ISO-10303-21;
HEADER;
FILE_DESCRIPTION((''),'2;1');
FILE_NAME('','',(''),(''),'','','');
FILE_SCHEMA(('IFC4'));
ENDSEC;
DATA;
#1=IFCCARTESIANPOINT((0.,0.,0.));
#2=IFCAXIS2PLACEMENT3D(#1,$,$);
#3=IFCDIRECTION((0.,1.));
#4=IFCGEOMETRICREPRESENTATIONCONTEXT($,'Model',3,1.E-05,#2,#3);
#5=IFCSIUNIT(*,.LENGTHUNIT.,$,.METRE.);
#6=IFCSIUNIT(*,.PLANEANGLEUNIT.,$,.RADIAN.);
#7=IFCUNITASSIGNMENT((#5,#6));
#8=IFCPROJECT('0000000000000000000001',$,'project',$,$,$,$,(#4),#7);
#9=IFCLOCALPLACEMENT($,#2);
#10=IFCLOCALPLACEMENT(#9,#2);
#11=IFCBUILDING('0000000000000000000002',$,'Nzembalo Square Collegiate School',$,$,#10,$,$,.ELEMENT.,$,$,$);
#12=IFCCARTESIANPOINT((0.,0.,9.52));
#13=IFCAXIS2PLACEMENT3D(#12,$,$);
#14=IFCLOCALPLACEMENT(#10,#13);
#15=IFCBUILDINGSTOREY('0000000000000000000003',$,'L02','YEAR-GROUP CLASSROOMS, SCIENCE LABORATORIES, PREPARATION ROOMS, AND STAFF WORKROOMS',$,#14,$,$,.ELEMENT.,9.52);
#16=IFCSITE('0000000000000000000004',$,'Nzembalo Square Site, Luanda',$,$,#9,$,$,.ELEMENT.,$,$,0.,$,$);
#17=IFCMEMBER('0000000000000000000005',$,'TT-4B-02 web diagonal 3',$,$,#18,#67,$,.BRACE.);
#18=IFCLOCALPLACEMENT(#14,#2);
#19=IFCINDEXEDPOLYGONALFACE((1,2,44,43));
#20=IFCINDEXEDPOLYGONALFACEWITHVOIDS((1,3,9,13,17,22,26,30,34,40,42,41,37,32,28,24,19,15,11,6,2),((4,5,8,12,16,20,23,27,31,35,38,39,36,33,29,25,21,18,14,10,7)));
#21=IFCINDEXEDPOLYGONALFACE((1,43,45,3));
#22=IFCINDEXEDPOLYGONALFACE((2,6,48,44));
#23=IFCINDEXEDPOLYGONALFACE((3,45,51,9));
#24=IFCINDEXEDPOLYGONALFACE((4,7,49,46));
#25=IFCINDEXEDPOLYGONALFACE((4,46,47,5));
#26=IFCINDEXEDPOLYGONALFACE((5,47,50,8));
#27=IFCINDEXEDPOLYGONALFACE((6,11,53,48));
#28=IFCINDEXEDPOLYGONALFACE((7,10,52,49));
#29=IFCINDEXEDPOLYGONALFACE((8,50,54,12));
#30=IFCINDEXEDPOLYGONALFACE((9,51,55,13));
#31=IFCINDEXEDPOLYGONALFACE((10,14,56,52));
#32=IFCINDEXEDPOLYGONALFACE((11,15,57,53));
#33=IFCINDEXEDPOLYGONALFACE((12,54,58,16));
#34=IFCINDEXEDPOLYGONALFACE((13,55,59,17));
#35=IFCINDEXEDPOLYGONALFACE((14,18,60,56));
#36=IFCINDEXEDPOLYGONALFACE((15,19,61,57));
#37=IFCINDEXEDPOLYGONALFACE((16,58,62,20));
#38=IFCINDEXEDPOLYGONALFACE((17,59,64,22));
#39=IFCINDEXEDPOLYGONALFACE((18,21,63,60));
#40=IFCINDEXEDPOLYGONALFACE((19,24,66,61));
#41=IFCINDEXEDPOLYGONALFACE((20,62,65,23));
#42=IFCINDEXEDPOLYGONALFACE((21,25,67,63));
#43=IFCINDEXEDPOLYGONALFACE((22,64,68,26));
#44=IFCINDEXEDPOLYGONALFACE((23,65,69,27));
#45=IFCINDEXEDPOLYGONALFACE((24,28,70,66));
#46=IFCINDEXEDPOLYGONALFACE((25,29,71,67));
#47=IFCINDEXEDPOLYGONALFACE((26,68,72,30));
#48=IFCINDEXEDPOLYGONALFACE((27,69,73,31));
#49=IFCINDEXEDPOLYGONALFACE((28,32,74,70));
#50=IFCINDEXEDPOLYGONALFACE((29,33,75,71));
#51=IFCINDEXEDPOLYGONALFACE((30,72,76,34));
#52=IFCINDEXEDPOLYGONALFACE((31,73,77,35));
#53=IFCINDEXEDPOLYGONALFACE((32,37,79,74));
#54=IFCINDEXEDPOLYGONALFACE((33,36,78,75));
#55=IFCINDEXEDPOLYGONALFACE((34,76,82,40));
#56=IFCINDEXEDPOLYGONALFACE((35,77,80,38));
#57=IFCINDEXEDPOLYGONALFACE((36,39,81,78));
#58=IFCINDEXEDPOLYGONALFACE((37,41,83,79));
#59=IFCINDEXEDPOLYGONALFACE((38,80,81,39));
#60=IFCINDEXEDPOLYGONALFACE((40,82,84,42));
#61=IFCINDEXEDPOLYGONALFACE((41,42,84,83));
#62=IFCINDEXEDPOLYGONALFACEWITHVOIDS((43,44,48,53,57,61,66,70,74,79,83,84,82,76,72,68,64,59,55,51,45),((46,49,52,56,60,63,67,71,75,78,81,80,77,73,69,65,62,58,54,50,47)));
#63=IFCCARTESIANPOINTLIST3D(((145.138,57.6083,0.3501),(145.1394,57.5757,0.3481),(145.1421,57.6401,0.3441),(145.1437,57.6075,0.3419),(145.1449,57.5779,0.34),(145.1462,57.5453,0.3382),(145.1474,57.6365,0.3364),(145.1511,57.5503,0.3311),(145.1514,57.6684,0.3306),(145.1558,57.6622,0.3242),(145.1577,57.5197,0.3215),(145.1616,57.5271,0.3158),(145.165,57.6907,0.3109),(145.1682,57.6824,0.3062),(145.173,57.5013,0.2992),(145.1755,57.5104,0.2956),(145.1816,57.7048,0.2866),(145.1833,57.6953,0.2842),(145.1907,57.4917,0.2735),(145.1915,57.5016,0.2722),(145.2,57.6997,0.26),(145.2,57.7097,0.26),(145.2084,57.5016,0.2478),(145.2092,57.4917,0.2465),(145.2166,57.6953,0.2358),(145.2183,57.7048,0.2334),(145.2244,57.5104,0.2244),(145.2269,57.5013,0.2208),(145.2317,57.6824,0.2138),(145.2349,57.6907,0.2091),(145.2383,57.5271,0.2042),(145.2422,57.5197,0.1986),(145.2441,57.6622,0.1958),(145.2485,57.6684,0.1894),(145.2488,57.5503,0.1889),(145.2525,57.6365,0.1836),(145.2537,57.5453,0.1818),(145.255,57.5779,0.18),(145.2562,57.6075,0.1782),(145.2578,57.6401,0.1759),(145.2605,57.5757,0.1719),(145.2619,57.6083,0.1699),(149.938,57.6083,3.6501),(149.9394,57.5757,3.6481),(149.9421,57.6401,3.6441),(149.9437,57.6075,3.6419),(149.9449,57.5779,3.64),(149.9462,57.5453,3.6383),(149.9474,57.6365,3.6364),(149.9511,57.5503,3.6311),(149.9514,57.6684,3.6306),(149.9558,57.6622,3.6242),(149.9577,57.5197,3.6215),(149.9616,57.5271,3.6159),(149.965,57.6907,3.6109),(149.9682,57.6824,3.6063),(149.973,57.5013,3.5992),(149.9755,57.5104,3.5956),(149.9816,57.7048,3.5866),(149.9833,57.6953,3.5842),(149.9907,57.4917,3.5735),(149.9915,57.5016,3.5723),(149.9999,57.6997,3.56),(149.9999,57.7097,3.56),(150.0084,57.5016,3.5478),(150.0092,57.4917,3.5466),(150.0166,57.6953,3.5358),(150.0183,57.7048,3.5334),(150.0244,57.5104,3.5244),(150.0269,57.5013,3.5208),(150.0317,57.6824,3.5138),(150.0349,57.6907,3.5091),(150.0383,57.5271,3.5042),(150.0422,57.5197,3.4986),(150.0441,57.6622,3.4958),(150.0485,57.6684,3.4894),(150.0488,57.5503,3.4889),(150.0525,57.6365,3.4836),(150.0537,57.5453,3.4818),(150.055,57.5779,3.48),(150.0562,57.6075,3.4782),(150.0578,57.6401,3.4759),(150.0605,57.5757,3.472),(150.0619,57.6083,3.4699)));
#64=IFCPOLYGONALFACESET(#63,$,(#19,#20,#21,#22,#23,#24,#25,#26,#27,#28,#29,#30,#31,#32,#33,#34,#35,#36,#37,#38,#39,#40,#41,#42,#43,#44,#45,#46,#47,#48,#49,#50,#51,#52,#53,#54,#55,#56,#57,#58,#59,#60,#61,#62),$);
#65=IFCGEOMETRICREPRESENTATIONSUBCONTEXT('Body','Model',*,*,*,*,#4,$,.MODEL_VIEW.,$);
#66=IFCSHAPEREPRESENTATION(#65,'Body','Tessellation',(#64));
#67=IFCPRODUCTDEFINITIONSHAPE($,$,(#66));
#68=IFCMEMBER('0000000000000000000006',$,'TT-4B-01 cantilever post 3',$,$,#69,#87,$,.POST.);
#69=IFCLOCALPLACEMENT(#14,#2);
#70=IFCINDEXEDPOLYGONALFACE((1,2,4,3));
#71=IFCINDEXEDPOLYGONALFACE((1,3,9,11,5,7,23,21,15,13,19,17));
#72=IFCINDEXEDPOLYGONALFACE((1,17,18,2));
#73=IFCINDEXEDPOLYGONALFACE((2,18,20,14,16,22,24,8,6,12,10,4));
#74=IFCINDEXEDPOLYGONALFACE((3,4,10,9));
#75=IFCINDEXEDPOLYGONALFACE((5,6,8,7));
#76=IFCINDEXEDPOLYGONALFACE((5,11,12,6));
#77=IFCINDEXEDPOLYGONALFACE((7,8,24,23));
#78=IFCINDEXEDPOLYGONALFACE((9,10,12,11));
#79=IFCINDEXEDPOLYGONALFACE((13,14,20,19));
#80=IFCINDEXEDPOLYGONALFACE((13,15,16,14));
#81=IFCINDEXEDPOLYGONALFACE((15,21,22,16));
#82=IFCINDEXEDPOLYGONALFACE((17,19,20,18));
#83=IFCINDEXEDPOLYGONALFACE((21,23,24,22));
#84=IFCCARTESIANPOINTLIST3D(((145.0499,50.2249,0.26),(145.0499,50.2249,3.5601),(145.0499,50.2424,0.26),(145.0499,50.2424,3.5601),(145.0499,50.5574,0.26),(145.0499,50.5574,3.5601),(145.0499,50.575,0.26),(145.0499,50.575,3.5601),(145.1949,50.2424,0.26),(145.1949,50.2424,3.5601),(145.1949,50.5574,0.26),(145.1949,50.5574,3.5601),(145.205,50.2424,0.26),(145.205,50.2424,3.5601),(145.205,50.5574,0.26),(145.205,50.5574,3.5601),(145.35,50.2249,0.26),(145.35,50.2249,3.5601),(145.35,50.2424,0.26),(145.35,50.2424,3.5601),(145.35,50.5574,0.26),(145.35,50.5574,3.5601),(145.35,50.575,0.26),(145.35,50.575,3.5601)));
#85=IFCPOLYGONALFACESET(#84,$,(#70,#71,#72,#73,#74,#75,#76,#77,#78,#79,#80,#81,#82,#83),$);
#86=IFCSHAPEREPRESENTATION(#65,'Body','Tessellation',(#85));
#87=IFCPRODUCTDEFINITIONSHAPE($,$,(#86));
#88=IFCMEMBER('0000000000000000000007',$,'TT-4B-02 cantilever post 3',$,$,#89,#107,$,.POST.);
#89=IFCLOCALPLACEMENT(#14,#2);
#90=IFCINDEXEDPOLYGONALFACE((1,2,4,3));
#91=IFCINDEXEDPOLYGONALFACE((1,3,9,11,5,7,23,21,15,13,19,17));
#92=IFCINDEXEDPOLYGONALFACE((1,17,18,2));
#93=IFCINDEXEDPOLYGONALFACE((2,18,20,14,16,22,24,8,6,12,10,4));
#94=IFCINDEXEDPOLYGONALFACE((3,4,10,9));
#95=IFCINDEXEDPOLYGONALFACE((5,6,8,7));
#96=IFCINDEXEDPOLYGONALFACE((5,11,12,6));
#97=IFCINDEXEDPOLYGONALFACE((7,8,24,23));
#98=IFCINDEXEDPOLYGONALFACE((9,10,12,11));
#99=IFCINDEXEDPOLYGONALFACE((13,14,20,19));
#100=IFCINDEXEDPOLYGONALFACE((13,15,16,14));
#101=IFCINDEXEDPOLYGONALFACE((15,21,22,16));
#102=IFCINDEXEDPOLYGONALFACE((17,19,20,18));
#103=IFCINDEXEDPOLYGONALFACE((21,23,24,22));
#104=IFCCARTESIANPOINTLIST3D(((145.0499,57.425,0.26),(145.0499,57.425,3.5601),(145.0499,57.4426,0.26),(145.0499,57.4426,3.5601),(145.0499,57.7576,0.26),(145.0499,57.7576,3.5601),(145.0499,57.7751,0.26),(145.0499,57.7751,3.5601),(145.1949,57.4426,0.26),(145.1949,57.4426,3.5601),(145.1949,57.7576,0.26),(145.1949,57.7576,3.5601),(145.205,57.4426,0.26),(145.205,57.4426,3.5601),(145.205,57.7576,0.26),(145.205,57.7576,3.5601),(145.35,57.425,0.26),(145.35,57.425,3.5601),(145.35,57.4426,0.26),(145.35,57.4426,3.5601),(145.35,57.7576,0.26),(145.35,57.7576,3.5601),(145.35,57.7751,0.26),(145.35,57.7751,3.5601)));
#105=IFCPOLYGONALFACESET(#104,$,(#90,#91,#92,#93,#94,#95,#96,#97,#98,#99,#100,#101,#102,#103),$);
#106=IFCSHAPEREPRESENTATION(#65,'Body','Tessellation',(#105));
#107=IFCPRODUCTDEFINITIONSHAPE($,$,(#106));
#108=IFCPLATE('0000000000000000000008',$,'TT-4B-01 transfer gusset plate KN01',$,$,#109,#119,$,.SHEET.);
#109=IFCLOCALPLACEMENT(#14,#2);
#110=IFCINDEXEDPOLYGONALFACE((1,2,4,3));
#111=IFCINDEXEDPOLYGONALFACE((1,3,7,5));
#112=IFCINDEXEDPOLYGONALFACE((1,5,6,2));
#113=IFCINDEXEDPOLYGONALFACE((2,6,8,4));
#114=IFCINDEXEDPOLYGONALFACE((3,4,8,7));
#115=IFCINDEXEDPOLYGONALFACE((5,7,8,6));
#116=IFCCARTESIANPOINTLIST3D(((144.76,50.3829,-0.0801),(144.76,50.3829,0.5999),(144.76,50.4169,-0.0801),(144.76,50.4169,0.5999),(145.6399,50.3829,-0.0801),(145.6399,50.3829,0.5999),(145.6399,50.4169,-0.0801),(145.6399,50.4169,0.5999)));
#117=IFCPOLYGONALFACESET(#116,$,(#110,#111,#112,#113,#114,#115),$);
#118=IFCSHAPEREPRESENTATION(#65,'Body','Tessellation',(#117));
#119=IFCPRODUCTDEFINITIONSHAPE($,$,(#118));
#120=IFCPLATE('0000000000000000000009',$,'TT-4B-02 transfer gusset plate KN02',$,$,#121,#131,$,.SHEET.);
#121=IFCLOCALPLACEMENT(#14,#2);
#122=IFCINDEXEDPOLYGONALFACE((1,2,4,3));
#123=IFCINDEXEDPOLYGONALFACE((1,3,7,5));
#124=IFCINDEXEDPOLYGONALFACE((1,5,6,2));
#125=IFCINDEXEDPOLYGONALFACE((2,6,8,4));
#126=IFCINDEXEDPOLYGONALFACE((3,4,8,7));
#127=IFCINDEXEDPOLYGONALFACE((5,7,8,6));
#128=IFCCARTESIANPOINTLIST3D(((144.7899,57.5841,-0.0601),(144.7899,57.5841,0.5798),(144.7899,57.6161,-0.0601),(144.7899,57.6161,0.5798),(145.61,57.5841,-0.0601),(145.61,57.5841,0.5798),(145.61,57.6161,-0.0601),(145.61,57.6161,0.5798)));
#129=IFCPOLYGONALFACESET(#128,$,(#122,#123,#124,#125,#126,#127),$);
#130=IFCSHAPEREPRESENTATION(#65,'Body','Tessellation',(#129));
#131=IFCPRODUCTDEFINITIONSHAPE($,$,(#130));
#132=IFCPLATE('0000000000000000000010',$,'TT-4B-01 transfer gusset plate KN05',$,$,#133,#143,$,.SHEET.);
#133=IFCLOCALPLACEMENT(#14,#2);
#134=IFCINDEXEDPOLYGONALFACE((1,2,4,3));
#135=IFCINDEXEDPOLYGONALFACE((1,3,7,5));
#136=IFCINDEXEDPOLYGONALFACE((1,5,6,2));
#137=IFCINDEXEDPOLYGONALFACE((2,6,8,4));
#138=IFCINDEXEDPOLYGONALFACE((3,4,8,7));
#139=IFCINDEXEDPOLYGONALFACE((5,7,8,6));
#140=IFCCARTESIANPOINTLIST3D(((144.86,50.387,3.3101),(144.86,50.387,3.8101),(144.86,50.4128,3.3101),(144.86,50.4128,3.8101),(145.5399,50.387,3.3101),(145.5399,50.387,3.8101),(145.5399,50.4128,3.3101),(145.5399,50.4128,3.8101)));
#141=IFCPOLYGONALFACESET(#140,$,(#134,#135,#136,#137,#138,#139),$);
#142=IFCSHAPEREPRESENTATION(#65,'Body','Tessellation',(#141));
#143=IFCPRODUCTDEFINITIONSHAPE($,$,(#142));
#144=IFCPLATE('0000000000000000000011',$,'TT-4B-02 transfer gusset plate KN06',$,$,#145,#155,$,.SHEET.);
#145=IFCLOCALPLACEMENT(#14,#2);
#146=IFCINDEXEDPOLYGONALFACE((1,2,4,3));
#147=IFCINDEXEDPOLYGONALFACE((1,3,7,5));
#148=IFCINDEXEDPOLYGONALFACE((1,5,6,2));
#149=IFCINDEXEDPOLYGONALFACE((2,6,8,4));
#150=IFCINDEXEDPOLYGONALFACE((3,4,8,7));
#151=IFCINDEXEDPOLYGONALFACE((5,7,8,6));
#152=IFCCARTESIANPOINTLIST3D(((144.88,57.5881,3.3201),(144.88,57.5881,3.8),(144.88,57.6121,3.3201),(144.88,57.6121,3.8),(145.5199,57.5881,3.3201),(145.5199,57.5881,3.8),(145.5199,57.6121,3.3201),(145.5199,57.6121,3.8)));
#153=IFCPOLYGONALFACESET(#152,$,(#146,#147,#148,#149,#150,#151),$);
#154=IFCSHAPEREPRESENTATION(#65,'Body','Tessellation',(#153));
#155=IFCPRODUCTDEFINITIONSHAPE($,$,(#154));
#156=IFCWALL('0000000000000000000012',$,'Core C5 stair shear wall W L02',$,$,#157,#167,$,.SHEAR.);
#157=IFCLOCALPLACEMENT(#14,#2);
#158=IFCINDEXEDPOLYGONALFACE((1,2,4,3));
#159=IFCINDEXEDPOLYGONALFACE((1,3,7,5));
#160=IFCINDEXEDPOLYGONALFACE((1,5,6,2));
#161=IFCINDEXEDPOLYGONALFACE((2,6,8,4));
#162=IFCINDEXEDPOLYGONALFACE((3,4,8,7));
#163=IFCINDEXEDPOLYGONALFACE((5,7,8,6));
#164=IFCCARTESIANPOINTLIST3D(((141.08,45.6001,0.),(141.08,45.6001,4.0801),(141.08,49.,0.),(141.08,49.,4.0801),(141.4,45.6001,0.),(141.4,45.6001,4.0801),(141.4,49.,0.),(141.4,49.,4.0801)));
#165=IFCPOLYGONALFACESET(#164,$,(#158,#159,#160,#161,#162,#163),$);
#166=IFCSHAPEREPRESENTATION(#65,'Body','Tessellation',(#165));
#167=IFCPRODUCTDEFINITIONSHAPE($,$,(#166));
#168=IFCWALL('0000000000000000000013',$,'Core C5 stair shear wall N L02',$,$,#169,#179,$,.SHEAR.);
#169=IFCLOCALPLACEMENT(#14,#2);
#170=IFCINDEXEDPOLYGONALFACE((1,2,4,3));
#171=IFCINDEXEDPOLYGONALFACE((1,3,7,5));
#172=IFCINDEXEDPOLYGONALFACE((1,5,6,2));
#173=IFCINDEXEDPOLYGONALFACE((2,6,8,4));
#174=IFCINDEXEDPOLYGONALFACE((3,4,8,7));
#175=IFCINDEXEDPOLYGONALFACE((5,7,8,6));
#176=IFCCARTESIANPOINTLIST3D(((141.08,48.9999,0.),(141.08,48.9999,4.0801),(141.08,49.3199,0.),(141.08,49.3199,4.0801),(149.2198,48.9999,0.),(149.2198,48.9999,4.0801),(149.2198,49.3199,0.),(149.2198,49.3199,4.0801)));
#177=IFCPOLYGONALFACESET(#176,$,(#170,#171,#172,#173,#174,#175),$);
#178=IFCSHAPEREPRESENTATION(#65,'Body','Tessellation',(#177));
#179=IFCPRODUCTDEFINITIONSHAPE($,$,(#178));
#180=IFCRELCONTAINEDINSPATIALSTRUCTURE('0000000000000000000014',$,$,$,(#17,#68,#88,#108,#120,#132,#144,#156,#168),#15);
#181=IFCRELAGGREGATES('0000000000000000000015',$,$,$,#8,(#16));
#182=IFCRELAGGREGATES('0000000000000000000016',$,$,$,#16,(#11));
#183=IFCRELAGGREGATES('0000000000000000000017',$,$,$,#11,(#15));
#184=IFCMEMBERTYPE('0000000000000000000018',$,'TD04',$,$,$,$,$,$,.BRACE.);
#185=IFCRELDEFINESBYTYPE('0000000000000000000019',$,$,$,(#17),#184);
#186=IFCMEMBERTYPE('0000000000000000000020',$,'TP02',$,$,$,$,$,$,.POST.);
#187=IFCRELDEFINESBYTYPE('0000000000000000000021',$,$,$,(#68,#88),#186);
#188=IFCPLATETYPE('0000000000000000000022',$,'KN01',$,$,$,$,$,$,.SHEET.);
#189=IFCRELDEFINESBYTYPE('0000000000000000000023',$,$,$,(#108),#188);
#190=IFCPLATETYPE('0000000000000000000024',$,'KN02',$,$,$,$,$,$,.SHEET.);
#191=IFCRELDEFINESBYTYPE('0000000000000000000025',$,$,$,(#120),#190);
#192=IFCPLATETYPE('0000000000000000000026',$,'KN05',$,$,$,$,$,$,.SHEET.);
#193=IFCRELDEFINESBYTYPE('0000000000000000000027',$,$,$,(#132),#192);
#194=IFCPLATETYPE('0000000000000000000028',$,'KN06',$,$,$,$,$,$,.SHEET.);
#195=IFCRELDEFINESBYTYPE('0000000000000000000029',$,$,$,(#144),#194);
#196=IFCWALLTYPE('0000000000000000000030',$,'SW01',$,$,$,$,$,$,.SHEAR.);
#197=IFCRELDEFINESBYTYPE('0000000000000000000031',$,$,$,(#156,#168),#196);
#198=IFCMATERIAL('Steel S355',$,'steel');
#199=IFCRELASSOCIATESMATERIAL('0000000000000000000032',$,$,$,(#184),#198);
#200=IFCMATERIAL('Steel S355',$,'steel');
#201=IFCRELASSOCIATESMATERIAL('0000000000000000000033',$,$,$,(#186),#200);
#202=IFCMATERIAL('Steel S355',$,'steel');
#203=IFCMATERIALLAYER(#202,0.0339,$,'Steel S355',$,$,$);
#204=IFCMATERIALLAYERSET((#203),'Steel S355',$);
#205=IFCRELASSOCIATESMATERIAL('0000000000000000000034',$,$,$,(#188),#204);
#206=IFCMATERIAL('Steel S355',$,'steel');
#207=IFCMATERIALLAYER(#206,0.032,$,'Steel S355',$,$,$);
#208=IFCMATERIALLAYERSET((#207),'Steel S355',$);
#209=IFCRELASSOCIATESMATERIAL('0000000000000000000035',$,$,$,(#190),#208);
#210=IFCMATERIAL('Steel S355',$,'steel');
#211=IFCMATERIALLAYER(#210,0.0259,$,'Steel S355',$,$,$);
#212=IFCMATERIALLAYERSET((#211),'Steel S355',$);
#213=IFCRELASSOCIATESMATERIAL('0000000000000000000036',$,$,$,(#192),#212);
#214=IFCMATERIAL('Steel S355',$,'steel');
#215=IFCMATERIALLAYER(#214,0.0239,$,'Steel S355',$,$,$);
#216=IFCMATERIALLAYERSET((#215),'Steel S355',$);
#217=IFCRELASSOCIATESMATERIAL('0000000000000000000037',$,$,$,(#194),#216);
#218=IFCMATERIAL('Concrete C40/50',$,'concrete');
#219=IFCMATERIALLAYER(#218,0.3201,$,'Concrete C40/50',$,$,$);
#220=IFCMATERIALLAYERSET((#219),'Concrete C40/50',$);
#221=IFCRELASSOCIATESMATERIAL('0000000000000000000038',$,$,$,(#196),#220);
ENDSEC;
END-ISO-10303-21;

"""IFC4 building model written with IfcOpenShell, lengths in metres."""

from ifc_helpers import new_model, si_unit, direction, frame, frame_2d, origin, origin_2d, place, context, subcontext, project, spatial, rectangle, hollow_circle, i_section, extrude, material, layer, layer_set, material_profile, profile_set, type_object, element, save


model = new_model("IFC4")

# Units and contexts
model_context = context("Model", 3, precision=1e-05, world=origin(), true_north=direction((0.0, 1.0)))
body_context = subcontext(model_context, "Body", "Model", "MODEL_VIEW")
ifc_project = project(units=[si_unit("LENGTHUNIT", "METRE"), si_unit("PLANEANGLEUNIT", "RADIAN")], contexts=[model_context])

# Site, building, storey
site_placement = place(None, origin())
site = spatial("IfcSite", under=ifc_project, at=site_placement, Name="Nzembalo Square Site, Luanda", CompositionType="ELEMENT", RefElevation=0.0)
building_placement = place(site_placement, origin())
building = spatial("IfcBuilding", under=site, at=building_placement, Name="Nzembalo Square Collegiate School", CompositionType="ELEMENT")
storey_placement = place(building_placement, frame((0.0, 0.0, 9.52)))
storey = spatial("IfcBuildingStorey", under=building, at=storey_placement, Name="L02", Description="YEAR-GROUP CLASSROOMS, SCIENCE LABORATORIES, PREPARATION ROOMS, AND STAFF WORKROOMS", CompositionType="ELEMENT", Elevation=9.52)

# Members
ifc_material_1 = material(Name="Steel S355", Category="steel")
ifc_material_profile_1 = material_profile(ifc_material_1, hollow_circle(Radius=0.1096, WallThickness=0.01, at=origin_2d()), Name="CHS 219x10")
ifc_profile_set_1 = profile_set([ifc_material_profile_1], Name="Steel S355")
member_type_1 = type_object("IfcMemberType", Name="TD04", PredefinedType="BRACE", material=ifc_profile_set_1)
for number, where, z_axis, x_axis, name in (
    (1, (145.2, 57.6001, 0.26), (0.824041, 0.0, 0.566531), (0.0, 1.0, 0.0), "TT-4B-02 web diagonal 3"),
):
    element("IfcMember", number, at=place(storey_placement, frame(where, z_axis=z_axis, x_axis=x_axis)), inside=storey, type_object=member_type_1, Name=name, PredefinedType="BRACE", context=body_context, shape_type="SweptSolid", body=[
        extrude(hollow_circle(Radius=0.1096, WallThickness=0.01, at=origin_2d()), origin(), (0.0, 0.0, 1.0), 5.825),
    ])
ifc_material_2 = material(Name="Steel S355", Category="steel")
ifc_material_profile_2 = material_profile(ifc_material_2, i_section(OverallWidth=0.3, OverallDepth=0.3501, WebThickness=0.01, FlangeThickness=0.0176, at=origin_2d()), Name="HEA 360")
ifc_profile_set_2 = profile_set([ifc_material_profile_2], Name="Steel S355")
member_type_2 = type_object("IfcMemberType", Name="TP02", PredefinedType="POST", material=ifc_profile_set_2)
for number, where, z_axis, x_axis, name in (
    (2, (145.2, 50.3999, 0.26), (0.0, 0.0, 1.0), (1.0, 0.0, 0.0), "TT-4B-01 cantilever post 3"),
    (3, (145.2, 57.6001, 0.26), (0.0, 0.0, 1.0), (1.0, 0.0, 0.0), "TT-4B-02 cantilever post 3"),
):
    element("IfcMember", number, at=place(storey_placement, frame(where, z_axis=z_axis, x_axis=x_axis)), inside=storey, type_object=member_type_2, Name=name, PredefinedType="POST", context=body_context, shape_type="SweptSolid", body=[
        extrude(i_section(OverallWidth=0.3, OverallDepth=0.3501, WebThickness=0.01, FlangeThickness=0.0176, at=origin_2d()), origin(), (0.0, 0.0, 1.0), 3.3),
    ])

# Plates
ifc_material_3 = material(Name="Steel S355", Category="steel")
ifc_layer_1 = layer(ifc_material_3, 0.0339, Name="Steel S355")
ifc_layer_set_1 = layer_set([ifc_layer_1], Name="Steel S355")
plate_type_1 = type_object("IfcPlateType", Name="KN01", PredefinedType="SHEET", material=ifc_layer_set_1)
plate_1_placement = place(storey_placement, frame((145.2, 50.3999, -0.0801), z_axis=(0.0, 0.0, 1.0), x_axis=(1.0, 0.0, 0.0)))
element("IfcPlate", 4, at=plate_1_placement, inside=storey, type_object=plate_type_1, Name="TT-4B-01 transfer gusset plate KN01", PredefinedType="SHEET", context=body_context, shape_type="SweptSolid", body=[
    extrude(rectangle(XDim=0.8799, YDim=0.0339, at=origin_2d()), origin(), (0.0, 0.0, 1.0), 0.6799),
])
ifc_material_4 = material(Name="Steel S355", Category="steel")
ifc_layer_2 = layer(ifc_material_4, 0.032, Name="Steel S355")
ifc_layer_set_2 = layer_set([ifc_layer_2], Name="Steel S355")
plate_type_2 = type_object("IfcPlateType", Name="KN02", PredefinedType="SHEET", material=ifc_layer_set_2)
plate_2_placement = place(storey_placement, frame((145.2, 57.6001, -0.0601), z_axis=(0.0, 0.0, 1.0), x_axis=(1.0, 0.0, 0.0)))
element("IfcPlate", 5, at=plate_2_placement, inside=storey, type_object=plate_type_2, Name="TT-4B-02 transfer gusset plate KN02", PredefinedType="SHEET", context=body_context, shape_type="SweptSolid", body=[
    extrude(rectangle(XDim=0.8201, YDim=0.032, at=origin_2d()), origin(), (0.0, 0.0, 1.0), 0.6399),
])
ifc_material_5 = material(Name="Steel S355", Category="steel")
ifc_layer_3 = layer(ifc_material_5, 0.0259, Name="Steel S355")
ifc_layer_set_3 = layer_set([ifc_layer_3], Name="Steel S355")
plate_type_3 = type_object("IfcPlateType", Name="KN05", PredefinedType="SHEET", material=ifc_layer_set_3)
plate_3_placement = place(storey_placement, frame((145.2, 50.3999, 3.3101), z_axis=(0.0, 0.0, 1.0), x_axis=(1.0, 0.0, 0.0)))
element("IfcPlate", 6, at=plate_3_placement, inside=storey, type_object=plate_type_3, Name="TT-4B-01 transfer gusset plate KN05", PredefinedType="SHEET", context=body_context, shape_type="SweptSolid", body=[
    extrude(rectangle(XDim=0.6799, YDim=0.0259, at=origin_2d()), origin(), (0.0, 0.0, 1.0), 0.5),
])
ifc_material_6 = material(Name="Steel S355", Category="steel")
ifc_layer_4 = layer(ifc_material_6, 0.0239, Name="Steel S355")
ifc_layer_set_4 = layer_set([ifc_layer_4], Name="Steel S355")
plate_type_4 = type_object("IfcPlateType", Name="KN06", PredefinedType="SHEET", material=ifc_layer_set_4)
plate_4_placement = place(storey_placement, frame((145.2, 57.6001, 3.3201), z_axis=(0.0, 0.0, 1.0), x_axis=(1.0, 0.0, 0.0)))
element("IfcPlate", 7, at=plate_4_placement, inside=storey, type_object=plate_type_4, Name="TT-4B-02 transfer gusset plate KN06", PredefinedType="SHEET", context=body_context, shape_type="SweptSolid", body=[
    extrude(rectangle(XDim=0.6399, YDim=0.0239, at=origin_2d()), origin(), (0.0, 0.0, 1.0), 0.48),
])

# Walls
ifc_material_7 = material(Name="Concrete C40/50", Category="concrete")
ifc_layer_5 = layer(ifc_material_7, 0.3201, Name="Concrete C40/50")
ifc_layer_set_5 = layer_set([ifc_layer_5], Name="Concrete C40/50")
wall_type_1 = type_object("IfcWallType", Name="SW01", PredefinedType="SHEAR", material=ifc_layer_set_5)
wall_1_placement = place(storey_placement, frame((141.24, 45.6001, 0.0), z_axis=(0.0, 0.0, 1.0), x_axis=(0.0, 1.0, 0.0)))
element("IfcWall", 8, at=wall_1_placement, inside=storey, type_object=wall_type_1, Name="Core C5 stair shear wall W L02", PredefinedType="SHEAR", context=body_context, shape_type="SweptSolid", body=[
    extrude(rectangle(XDim=3.3999, YDim=0.3201, at=frame_2d((1.7, 0.0))), origin(), (0.0, 0.0, 1.0), 4.0801),
])
wall_2_placement = place(storey_placement, frame((141.0801, 49.1599, 0.0), z_axis=(0.0, 0.0, 1.0), x_axis=(1.0, 0.0, 0.0)))
element("IfcWall", 9, at=wall_2_placement, inside=storey, type_object=wall_type_1, Name="Core C5 stair shear wall N L02", PredefinedType="SHEAR", context=body_context, shape_type="SweptSolid", body=[
    extrude(rectangle(XDim=8.1399, YDim=0.3201, at=frame_2d((4.0698, 0.0))), origin(), (0.0, 0.0, 1.0), 4.0801),
])

save(model, "model.ifc")
